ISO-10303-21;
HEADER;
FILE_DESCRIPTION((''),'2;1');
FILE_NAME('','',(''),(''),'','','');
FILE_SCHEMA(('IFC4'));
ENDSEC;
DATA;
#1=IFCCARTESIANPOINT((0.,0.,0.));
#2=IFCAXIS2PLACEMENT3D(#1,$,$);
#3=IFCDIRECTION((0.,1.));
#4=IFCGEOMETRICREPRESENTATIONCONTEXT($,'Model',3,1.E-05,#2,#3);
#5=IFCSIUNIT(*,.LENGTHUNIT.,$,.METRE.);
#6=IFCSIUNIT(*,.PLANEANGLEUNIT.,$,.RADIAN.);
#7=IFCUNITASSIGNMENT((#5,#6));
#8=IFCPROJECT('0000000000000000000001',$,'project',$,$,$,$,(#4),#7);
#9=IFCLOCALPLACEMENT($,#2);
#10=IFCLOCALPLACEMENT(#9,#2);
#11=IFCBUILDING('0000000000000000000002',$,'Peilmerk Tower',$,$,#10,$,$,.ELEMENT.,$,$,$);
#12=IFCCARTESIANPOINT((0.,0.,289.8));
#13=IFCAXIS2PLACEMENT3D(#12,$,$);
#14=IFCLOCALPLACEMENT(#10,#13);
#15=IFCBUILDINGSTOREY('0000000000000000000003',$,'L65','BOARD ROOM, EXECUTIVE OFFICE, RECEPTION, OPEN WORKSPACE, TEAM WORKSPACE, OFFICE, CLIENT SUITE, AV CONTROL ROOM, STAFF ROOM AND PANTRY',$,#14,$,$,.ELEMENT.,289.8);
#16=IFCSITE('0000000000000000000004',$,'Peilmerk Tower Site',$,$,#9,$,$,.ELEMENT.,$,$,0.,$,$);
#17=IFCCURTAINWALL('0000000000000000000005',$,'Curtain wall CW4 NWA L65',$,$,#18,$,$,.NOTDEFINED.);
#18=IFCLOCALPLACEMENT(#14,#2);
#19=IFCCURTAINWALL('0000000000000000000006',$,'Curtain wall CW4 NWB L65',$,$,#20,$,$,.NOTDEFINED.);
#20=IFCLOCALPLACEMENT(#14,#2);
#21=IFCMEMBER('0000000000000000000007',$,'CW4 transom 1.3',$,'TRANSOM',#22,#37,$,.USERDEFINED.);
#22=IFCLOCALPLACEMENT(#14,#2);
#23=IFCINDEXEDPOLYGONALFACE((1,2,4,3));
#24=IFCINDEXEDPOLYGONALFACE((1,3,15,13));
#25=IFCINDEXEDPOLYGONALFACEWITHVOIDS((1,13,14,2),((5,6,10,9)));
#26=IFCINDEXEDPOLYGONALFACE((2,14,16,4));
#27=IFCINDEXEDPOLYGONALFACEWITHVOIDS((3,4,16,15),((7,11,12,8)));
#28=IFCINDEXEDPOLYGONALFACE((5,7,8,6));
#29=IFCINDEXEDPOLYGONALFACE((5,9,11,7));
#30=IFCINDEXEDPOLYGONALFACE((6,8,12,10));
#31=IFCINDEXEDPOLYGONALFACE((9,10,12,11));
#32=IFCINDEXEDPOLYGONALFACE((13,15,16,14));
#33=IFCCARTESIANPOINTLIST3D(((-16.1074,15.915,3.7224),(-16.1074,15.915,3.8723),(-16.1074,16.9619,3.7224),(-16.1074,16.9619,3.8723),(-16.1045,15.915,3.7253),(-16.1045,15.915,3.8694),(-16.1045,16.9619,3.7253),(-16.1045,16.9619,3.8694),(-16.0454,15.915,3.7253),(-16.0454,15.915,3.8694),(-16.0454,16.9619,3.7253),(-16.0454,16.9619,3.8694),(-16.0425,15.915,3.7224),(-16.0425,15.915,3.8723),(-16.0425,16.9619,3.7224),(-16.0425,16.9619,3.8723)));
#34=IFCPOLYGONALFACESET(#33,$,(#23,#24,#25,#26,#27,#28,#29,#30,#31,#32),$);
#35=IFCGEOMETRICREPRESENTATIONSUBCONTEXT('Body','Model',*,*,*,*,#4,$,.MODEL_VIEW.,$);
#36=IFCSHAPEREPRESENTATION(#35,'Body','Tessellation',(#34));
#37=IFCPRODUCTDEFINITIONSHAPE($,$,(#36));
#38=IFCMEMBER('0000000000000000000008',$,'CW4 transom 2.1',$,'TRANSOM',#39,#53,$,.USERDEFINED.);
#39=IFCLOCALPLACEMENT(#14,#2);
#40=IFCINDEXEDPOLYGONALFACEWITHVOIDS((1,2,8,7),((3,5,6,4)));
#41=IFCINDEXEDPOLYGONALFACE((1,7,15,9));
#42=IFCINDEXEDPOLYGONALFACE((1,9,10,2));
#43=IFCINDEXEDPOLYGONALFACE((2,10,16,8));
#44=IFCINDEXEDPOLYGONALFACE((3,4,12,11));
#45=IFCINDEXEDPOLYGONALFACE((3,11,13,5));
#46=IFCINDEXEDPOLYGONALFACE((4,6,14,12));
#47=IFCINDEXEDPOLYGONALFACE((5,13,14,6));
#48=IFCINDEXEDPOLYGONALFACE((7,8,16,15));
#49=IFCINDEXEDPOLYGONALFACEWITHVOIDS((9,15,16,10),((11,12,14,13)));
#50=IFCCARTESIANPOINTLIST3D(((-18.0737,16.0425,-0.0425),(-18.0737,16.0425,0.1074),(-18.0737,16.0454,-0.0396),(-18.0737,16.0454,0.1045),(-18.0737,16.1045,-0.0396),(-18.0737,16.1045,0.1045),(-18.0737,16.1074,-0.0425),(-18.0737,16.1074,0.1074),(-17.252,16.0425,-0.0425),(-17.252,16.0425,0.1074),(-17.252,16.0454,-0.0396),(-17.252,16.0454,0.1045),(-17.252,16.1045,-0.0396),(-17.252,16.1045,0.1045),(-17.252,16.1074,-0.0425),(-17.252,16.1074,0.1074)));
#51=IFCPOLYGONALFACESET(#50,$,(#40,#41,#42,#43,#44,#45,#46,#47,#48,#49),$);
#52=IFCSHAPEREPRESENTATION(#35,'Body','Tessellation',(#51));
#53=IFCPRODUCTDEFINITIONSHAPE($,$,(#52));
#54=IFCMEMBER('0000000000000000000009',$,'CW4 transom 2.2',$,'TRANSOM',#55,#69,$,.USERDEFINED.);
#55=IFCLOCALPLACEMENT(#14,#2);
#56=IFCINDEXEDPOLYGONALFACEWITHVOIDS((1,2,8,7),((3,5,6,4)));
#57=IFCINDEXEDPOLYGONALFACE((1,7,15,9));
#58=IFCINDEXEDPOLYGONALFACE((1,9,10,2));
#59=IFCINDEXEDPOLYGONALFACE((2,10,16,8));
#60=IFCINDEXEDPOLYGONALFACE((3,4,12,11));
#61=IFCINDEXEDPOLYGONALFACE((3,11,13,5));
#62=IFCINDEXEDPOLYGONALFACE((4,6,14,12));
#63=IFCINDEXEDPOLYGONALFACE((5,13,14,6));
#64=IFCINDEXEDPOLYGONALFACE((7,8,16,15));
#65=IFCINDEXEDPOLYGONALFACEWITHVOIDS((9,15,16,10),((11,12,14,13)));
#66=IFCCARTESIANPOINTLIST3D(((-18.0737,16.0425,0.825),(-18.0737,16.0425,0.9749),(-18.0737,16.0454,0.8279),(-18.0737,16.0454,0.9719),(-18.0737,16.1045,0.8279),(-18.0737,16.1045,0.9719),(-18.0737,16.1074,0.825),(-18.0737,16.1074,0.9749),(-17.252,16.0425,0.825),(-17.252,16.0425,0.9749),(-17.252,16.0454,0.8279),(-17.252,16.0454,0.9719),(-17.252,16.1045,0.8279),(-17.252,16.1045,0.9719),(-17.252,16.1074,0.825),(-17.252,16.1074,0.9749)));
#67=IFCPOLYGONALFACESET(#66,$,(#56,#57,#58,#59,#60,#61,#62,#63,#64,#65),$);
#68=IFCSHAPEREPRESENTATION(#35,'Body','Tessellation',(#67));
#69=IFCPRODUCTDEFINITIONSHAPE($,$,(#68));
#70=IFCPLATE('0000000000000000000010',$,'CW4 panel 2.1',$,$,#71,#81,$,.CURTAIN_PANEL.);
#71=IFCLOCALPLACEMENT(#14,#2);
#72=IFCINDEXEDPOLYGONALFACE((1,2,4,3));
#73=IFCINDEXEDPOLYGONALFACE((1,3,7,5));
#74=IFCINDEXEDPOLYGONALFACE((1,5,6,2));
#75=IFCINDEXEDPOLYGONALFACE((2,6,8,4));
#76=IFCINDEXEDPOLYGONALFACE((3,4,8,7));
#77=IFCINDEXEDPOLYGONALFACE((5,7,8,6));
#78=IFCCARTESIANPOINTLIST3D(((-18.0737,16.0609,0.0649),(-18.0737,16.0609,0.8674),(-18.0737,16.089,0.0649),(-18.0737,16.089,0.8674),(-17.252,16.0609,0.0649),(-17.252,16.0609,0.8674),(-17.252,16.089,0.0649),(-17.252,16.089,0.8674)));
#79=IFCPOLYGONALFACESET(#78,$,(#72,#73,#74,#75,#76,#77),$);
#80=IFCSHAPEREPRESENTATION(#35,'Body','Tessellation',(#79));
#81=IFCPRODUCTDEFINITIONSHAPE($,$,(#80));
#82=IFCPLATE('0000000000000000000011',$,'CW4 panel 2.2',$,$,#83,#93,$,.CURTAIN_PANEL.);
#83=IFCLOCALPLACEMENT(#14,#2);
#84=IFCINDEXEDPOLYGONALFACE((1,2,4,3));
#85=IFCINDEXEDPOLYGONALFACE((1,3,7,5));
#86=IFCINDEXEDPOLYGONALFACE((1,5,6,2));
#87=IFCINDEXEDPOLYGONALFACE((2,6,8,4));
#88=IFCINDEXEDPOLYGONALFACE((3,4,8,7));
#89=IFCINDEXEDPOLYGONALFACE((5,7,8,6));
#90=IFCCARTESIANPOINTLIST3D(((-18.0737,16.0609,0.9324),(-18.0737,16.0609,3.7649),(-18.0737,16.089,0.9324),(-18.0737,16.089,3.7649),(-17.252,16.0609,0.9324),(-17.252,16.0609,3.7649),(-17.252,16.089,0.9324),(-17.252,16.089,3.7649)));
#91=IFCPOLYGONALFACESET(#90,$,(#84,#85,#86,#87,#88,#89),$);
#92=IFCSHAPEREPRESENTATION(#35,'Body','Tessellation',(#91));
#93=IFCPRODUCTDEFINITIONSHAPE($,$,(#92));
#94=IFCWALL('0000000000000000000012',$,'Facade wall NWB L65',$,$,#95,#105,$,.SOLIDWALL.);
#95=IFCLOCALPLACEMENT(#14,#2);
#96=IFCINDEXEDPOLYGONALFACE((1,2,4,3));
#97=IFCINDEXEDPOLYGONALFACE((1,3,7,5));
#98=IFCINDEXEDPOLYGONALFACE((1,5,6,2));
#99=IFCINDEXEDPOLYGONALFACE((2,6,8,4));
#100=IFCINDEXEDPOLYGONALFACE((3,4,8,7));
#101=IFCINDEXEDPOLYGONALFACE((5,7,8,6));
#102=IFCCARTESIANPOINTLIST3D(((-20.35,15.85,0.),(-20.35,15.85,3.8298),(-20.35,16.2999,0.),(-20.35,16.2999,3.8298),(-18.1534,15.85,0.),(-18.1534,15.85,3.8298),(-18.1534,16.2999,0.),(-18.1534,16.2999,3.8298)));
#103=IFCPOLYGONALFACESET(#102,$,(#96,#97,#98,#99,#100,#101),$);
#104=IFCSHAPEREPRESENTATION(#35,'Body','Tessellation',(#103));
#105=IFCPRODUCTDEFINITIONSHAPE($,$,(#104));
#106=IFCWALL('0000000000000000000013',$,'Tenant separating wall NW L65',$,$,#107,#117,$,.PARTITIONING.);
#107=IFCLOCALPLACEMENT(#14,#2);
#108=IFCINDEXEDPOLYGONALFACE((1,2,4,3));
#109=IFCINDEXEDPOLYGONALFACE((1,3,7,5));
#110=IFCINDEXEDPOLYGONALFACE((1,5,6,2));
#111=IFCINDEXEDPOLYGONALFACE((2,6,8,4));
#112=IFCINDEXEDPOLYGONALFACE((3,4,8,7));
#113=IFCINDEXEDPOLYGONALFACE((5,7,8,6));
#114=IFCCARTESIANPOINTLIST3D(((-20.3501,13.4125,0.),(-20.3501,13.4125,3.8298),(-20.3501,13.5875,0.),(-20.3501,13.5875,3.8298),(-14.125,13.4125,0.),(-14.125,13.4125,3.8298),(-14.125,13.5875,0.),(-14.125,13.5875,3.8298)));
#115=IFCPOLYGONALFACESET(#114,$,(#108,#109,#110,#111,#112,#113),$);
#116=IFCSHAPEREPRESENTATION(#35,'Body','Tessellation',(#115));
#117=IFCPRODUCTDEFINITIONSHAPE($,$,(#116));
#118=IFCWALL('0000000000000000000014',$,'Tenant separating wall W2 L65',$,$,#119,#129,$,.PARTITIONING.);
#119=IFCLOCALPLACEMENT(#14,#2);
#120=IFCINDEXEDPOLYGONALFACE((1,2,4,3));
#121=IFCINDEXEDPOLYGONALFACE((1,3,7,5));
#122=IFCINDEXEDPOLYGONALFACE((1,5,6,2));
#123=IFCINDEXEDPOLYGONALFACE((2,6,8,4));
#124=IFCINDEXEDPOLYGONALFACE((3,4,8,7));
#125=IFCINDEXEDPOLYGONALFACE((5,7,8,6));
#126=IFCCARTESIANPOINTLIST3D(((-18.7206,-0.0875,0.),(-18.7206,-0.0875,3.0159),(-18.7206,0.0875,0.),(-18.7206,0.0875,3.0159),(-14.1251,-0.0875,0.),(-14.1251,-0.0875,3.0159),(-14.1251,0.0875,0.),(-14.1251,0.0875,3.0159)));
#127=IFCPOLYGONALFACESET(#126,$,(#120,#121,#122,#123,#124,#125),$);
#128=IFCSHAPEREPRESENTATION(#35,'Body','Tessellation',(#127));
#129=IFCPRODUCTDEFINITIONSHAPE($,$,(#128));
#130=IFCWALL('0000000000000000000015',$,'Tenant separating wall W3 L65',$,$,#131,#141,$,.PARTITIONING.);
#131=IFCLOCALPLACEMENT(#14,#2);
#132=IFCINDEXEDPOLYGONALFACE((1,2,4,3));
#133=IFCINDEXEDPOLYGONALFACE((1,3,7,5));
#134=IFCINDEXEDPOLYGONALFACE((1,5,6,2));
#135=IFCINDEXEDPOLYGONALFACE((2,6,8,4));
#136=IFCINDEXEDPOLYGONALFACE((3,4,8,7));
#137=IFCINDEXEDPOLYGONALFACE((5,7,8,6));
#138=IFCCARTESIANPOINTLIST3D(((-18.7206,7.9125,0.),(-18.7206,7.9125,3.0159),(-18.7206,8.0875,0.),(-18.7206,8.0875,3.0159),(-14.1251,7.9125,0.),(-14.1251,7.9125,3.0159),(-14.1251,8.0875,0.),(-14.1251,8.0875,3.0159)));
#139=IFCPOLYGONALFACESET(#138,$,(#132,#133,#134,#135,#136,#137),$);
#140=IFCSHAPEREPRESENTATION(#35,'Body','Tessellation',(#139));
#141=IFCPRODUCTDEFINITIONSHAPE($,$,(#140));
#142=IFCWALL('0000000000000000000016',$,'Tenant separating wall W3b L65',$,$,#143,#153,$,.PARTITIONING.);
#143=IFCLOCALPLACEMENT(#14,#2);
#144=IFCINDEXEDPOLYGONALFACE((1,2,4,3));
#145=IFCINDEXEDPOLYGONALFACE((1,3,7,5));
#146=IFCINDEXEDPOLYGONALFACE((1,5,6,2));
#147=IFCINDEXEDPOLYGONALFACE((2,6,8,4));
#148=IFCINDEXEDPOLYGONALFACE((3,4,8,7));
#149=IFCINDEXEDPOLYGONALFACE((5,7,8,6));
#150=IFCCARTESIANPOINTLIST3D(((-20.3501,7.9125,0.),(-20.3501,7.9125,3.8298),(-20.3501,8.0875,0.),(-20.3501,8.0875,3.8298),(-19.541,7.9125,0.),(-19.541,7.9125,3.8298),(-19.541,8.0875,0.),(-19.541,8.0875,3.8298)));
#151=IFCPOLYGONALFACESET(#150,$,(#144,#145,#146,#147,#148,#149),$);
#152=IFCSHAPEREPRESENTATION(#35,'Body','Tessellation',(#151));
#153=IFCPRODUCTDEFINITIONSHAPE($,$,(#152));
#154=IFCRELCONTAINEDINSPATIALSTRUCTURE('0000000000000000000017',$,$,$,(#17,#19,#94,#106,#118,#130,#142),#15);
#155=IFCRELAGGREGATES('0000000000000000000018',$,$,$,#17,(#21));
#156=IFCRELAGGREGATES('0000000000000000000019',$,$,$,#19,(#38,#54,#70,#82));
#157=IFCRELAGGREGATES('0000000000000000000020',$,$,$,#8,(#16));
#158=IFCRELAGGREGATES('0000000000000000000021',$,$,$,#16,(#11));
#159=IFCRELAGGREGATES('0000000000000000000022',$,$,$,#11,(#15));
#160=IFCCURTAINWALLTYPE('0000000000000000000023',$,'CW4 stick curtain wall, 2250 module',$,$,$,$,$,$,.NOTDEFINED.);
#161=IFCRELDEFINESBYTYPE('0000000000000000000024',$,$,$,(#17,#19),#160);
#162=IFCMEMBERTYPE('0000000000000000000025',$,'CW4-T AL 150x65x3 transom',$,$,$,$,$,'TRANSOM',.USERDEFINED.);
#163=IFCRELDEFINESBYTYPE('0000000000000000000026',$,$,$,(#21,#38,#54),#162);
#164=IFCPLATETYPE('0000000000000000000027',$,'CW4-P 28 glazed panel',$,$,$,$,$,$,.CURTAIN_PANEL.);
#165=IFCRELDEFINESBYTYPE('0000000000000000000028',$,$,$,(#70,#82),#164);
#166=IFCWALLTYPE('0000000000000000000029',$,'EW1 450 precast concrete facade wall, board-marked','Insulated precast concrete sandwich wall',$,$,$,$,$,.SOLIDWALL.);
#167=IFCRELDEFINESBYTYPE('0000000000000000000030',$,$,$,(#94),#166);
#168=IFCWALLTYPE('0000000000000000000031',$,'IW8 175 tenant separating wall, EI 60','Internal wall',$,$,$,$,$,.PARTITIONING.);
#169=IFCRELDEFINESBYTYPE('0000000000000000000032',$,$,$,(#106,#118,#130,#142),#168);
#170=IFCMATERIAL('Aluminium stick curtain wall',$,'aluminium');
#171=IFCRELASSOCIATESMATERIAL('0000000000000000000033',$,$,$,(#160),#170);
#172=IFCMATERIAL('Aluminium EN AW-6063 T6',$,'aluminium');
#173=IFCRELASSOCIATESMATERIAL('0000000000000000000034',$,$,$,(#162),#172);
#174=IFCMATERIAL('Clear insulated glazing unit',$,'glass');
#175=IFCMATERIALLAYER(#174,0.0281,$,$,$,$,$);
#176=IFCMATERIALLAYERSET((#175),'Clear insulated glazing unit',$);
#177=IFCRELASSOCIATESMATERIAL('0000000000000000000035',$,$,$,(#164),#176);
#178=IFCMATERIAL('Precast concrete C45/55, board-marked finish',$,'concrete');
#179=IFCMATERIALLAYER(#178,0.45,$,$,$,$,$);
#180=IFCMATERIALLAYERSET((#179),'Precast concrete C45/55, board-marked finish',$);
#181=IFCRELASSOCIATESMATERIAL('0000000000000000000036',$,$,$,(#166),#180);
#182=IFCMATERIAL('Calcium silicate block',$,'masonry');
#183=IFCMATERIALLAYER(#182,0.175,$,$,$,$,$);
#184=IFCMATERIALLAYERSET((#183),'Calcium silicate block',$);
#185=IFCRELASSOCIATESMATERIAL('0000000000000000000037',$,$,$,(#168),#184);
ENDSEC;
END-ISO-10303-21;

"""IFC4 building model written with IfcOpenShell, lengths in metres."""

from ifc_helpers import new_model, si_unit, direction, frame, frame_2d, origin, origin_2d, place, context, subcontext, project, spatial, rectangle, hollow_rectangle, extrude, material, layer, layer_set, material_profile, profile_set, type_object, element, aggregate, save


model = new_model("IFC4")

# Units and contexts
model_context = context("Model", 3, precision=1e-05, world=origin(), true_north=direction((0.0, 1.0)))
body_context = subcontext(model_context, "Body", "Model", "MODEL_VIEW")
ifc_project = project(units=[si_unit("LENGTHUNIT", "METRE"), si_unit("PLANEANGLEUNIT", "RADIAN")], contexts=[model_context])

# Site, building, storey
site_placement = place(None, origin())
site = spatial("IfcSite", under=ifc_project, at=site_placement, Name="Peilmerk Tower Site", CompositionType="ELEMENT", RefElevation=0.0)
building_placement = place(site_placement, origin())
building = spatial("IfcBuilding", under=site, at=building_placement, Name="Peilmerk Tower", CompositionType="ELEMENT")
storey_placement = place(building_placement, frame((0.0, 0.0, 289.8)))
storey = spatial("IfcBuildingStorey", under=building, at=storey_placement, Name="L65", Description="BOARD ROOM, EXECUTIVE OFFICE, RECEPTION, OPEN WORKSPACE, TEAM WORKSPACE, OFFICE, CLIENT SUITE, AV CONTROL ROOM, STAFF ROOM AND PANTRY", CompositionType="ELEMENT", Elevation=289.8)

# Curtain walls
ifc_material_1 = material(Name="Aluminium stick curtain wall", Category="aluminium")
curtain_wall_type = type_object("IfcCurtainWallType", Name="CW4 stick curtain wall, 2250 module", PredefinedType="NOTDEFINED", material=ifc_material_1)
curtain_wall_1_placement = place(storey_placement, origin())
curtain_wall_1 = element("IfcCurtainWall", 1, at=curtain_wall_1_placement, inside=storey, type_object=curtain_wall_type, Name="Curtain wall CW4 NWA L65", PredefinedType="NOTDEFINED")
ifc_material_2 = material(Name="Aluminium EN AW-6063 T6", Category="aluminium")
curtain_wall_2_placement = place(storey_placement, origin())
curtain_wall_2 = element("IfcCurtainWall", 2, at=curtain_wall_2_placement, inside=storey, type_object=curtain_wall_type, Name="Curtain wall CW4 NWB L65", PredefinedType="NOTDEFINED")

# Members
ifc_material_profile_1 = material_profile(ifc_material_2, hollow_rectangle(XDim=0.0649, YDim=0.1499, WallThickness=0.0029, at=origin_2d()), Name="AL 150x65x3")
ifc_profile_set_1 = profile_set([ifc_material_profile_1], Name="Aluminium EN AW-6063 T6")
member_type_1 = type_object("IfcMemberType", Name="CW4-T AL 150x65x3 transom", ElementType="TRANSOM", PredefinedType="USERDEFINED", material=ifc_profile_set_1)
member_1_placement = place(storey_placement, frame((-16.075, 15.915, 3.7974), z_axis=(0.0, 1.0, 0.0), x_axis=(-1.0, 0.0, 0.0)))
member_1 = element("IfcMember", 3, at=member_1_placement, type_object=member_type_1, Name="CW4 transom 1.3", ObjectType="TRANSOM", PredefinedType="USERDEFINED", context=body_context, shape_type="SweptSolid", body=[
    extrude(hollow_rectangle(XDim=0.0649, YDim=0.1499, WallThickness=0.0029, at=origin_2d()), origin(), (0.0, 0.0, 1.0), 1.0469),
])
aggregate(curtain_wall_1, [member_1])
member_2_placement = place(storey_placement, frame((-17.252, 16.075, 0.0325), z_axis=(-1.0, 0.0, 0.0), x_axis=(0.0, -1.0, 0.0)))
member_2 = element("IfcMember", 4, at=member_2_placement, type_object=member_type_1, Name="CW4 transom 2.1", ObjectType="TRANSOM", PredefinedType="USERDEFINED", context=body_context, shape_type="SweptSolid", body=[
    extrude(hollow_rectangle(XDim=0.0649, YDim=0.1499, WallThickness=0.0029, at=origin_2d()), origin(), (0.0, 0.0, 1.0), 0.8218),
])
member_3_placement = place(storey_placement, frame((-17.252, 16.075, 0.8999), z_axis=(-1.0, 0.0, 0.0), x_axis=(0.0, -1.0, 0.0)))
member_3 = element("IfcMember", 5, at=member_3_placement, type_object=member_type_1, Name="CW4 transom 2.2", ObjectType="TRANSOM", PredefinedType="USERDEFINED", context=body_context, shape_type="SweptSolid", body=[
    extrude(hollow_rectangle(XDim=0.0649, YDim=0.1499, WallThickness=0.0029, at=origin_2d()), origin(), (0.0, 0.0, 1.0), 0.8218),
])

# Plates
ifc_material_3 = material(Name="Clear insulated glazing unit", Category="glass")
ifc_layer_1 = layer(ifc_material_3, 0.0281)
ifc_layer_set_1 = layer_set([ifc_layer_1], Name="Clear insulated glazing unit")
plate_type = type_object("IfcPlateType", Name="CW4-P 28 glazed panel", PredefinedType="CURTAIN_PANEL", material=ifc_layer_set_1)
plate_1_placement = place(storey_placement, frame((-17.6628, 16.075, 0.0649), z_axis=(0.0, 0.0, 1.0), x_axis=(-1.0, 0.0, 0.0)))
plate_1 = element("IfcPlate", 6, at=plate_1_placement, type_object=plate_type, Name="CW4 panel 2.1", PredefinedType="CURTAIN_PANEL", context=body_context, shape_type="SweptSolid", body=[
    extrude(rectangle(XDim=0.8218, YDim=0.0281, at=origin_2d()), origin(), (0.0, 0.0, 1.0), 0.8025),
])
plate_2_placement = place(storey_placement, frame((-17.6628, 16.075, 0.9324), z_axis=(0.0, 0.0, 1.0), x_axis=(-1.0, 0.0, 0.0)))
plate_2 = element("IfcPlate", 7, at=plate_2_placement, type_object=plate_type, Name="CW4 panel 2.2", PredefinedType="CURTAIN_PANEL", context=body_context, shape_type="SweptSolid", body=[
    extrude(rectangle(XDim=0.8218, YDim=0.0281, at=origin_2d()), origin(), (0.0, 0.0, 1.0), 2.8325),
])
aggregate(curtain_wall_2, [member_2, member_3, plate_1, plate_2])

# Walls
ifc_material_4 = material(Name="Precast concrete C45/55, board-marked finish", Category="concrete")
ifc_layer_2 = layer(ifc_material_4, 0.45)
ifc_layer_set_2 = layer_set([ifc_layer_2], Name="Precast concrete C45/55, board-marked finish")
wall_type_1 = type_object("IfcWallType", Name="EW1 450 precast concrete facade wall, board-marked", Description="Insulated precast concrete sandwich wall", PredefinedType="SOLIDWALL", material=ifc_layer_set_2)
wall_1_placement = place(storey_placement, frame((-18.1536, 16.075, 0.0), z_axis=(0.0, 0.0, 1.0), x_axis=(-1.0, 0.0, 0.0)))
element("IfcWall", 8, at=wall_1_placement, inside=storey, type_object=wall_type_1, Name="Facade wall NWB L65", PredefinedType="SOLIDWALL", context=body_context, shape_type="SweptSolid", body=[
    extrude(rectangle(XDim=2.1965, YDim=0.45, at=frame_2d((1.0981, 0.0))), origin(), (0.0, 0.0, 1.0), 3.8298),
])
ifc_material_5 = material(Name="Calcium silicate block", Category="masonry")
ifc_layer_3 = layer(ifc_material_5, 0.175)
ifc_layer_set_3 = layer_set([ifc_layer_3], Name="Calcium silicate block")
wall_type_2 = type_object("IfcWallType", Name="IW8 175 tenant separating wall, EI 60", Description="Internal wall", PredefinedType="PARTITIONING", material=ifc_layer_set_3)
wall_2_placement = place(storey_placement, frame((-20.3501, 13.5, 0.0), z_axis=(0.0, 0.0, 1.0), x_axis=(1.0, 0.0, 0.0)))
element("IfcWall", 9, at=wall_2_placement, inside=storey, type_object=wall_type_2, Name="Tenant separating wall NW L65", PredefinedType="PARTITIONING", context=body_context, shape_type="SweptSolid", body=[
    extrude(rectangle(XDim=6.2251, YDim=0.175, at=frame_2d((3.1125, 0.0))), origin(), (0.0, 0.0, 1.0), 3.8298),
])
for number, where, z_axis, x_axis, name in (
    (10, (-14.125, 0.0, 0.0), (0.0, 0.0, 1.0), (-1.0, 0.0, 0.0), "Tenant separating wall W2 L65"),
    (11, (-14.125, 8.0, 0.0), (0.0, 0.0, 1.0), (-1.0, 0.0, 0.0), "Tenant separating wall W3 L65"),
):
    element("IfcWall", number, at=place(storey_placement, frame(where, z_axis=z_axis, x_axis=x_axis)), inside=storey, type_object=wall_type_2, Name=name, PredefinedType="PARTITIONING", context=body_context, shape_type="SweptSolid", body=[
        extrude(rectangle(XDim=4.5955, YDim=0.175, at=frame_2d((2.2979, 0.0))), origin(), (0.0, 0.0, 1.0), 3.0159),
    ])
wall_3_placement = place(storey_placement, frame((-19.541, 8.0, 0.0), z_axis=(0.0, 0.0, 1.0), x_axis=(-1.0, 0.0, 0.0)))
element("IfcWall", 12, at=wall_3_placement, inside=storey, type_object=wall_type_2, Name="Tenant separating wall W3b L65", PredefinedType="PARTITIONING", context=body_context, shape_type="SweptSolid", body=[
    extrude(rectangle(XDim=0.8091, YDim=0.175, at=frame_2d((0.4045, 0.0))), origin(), (0.0, 0.0, 1.0), 3.8298),
])

save(model, "model.ifc")
